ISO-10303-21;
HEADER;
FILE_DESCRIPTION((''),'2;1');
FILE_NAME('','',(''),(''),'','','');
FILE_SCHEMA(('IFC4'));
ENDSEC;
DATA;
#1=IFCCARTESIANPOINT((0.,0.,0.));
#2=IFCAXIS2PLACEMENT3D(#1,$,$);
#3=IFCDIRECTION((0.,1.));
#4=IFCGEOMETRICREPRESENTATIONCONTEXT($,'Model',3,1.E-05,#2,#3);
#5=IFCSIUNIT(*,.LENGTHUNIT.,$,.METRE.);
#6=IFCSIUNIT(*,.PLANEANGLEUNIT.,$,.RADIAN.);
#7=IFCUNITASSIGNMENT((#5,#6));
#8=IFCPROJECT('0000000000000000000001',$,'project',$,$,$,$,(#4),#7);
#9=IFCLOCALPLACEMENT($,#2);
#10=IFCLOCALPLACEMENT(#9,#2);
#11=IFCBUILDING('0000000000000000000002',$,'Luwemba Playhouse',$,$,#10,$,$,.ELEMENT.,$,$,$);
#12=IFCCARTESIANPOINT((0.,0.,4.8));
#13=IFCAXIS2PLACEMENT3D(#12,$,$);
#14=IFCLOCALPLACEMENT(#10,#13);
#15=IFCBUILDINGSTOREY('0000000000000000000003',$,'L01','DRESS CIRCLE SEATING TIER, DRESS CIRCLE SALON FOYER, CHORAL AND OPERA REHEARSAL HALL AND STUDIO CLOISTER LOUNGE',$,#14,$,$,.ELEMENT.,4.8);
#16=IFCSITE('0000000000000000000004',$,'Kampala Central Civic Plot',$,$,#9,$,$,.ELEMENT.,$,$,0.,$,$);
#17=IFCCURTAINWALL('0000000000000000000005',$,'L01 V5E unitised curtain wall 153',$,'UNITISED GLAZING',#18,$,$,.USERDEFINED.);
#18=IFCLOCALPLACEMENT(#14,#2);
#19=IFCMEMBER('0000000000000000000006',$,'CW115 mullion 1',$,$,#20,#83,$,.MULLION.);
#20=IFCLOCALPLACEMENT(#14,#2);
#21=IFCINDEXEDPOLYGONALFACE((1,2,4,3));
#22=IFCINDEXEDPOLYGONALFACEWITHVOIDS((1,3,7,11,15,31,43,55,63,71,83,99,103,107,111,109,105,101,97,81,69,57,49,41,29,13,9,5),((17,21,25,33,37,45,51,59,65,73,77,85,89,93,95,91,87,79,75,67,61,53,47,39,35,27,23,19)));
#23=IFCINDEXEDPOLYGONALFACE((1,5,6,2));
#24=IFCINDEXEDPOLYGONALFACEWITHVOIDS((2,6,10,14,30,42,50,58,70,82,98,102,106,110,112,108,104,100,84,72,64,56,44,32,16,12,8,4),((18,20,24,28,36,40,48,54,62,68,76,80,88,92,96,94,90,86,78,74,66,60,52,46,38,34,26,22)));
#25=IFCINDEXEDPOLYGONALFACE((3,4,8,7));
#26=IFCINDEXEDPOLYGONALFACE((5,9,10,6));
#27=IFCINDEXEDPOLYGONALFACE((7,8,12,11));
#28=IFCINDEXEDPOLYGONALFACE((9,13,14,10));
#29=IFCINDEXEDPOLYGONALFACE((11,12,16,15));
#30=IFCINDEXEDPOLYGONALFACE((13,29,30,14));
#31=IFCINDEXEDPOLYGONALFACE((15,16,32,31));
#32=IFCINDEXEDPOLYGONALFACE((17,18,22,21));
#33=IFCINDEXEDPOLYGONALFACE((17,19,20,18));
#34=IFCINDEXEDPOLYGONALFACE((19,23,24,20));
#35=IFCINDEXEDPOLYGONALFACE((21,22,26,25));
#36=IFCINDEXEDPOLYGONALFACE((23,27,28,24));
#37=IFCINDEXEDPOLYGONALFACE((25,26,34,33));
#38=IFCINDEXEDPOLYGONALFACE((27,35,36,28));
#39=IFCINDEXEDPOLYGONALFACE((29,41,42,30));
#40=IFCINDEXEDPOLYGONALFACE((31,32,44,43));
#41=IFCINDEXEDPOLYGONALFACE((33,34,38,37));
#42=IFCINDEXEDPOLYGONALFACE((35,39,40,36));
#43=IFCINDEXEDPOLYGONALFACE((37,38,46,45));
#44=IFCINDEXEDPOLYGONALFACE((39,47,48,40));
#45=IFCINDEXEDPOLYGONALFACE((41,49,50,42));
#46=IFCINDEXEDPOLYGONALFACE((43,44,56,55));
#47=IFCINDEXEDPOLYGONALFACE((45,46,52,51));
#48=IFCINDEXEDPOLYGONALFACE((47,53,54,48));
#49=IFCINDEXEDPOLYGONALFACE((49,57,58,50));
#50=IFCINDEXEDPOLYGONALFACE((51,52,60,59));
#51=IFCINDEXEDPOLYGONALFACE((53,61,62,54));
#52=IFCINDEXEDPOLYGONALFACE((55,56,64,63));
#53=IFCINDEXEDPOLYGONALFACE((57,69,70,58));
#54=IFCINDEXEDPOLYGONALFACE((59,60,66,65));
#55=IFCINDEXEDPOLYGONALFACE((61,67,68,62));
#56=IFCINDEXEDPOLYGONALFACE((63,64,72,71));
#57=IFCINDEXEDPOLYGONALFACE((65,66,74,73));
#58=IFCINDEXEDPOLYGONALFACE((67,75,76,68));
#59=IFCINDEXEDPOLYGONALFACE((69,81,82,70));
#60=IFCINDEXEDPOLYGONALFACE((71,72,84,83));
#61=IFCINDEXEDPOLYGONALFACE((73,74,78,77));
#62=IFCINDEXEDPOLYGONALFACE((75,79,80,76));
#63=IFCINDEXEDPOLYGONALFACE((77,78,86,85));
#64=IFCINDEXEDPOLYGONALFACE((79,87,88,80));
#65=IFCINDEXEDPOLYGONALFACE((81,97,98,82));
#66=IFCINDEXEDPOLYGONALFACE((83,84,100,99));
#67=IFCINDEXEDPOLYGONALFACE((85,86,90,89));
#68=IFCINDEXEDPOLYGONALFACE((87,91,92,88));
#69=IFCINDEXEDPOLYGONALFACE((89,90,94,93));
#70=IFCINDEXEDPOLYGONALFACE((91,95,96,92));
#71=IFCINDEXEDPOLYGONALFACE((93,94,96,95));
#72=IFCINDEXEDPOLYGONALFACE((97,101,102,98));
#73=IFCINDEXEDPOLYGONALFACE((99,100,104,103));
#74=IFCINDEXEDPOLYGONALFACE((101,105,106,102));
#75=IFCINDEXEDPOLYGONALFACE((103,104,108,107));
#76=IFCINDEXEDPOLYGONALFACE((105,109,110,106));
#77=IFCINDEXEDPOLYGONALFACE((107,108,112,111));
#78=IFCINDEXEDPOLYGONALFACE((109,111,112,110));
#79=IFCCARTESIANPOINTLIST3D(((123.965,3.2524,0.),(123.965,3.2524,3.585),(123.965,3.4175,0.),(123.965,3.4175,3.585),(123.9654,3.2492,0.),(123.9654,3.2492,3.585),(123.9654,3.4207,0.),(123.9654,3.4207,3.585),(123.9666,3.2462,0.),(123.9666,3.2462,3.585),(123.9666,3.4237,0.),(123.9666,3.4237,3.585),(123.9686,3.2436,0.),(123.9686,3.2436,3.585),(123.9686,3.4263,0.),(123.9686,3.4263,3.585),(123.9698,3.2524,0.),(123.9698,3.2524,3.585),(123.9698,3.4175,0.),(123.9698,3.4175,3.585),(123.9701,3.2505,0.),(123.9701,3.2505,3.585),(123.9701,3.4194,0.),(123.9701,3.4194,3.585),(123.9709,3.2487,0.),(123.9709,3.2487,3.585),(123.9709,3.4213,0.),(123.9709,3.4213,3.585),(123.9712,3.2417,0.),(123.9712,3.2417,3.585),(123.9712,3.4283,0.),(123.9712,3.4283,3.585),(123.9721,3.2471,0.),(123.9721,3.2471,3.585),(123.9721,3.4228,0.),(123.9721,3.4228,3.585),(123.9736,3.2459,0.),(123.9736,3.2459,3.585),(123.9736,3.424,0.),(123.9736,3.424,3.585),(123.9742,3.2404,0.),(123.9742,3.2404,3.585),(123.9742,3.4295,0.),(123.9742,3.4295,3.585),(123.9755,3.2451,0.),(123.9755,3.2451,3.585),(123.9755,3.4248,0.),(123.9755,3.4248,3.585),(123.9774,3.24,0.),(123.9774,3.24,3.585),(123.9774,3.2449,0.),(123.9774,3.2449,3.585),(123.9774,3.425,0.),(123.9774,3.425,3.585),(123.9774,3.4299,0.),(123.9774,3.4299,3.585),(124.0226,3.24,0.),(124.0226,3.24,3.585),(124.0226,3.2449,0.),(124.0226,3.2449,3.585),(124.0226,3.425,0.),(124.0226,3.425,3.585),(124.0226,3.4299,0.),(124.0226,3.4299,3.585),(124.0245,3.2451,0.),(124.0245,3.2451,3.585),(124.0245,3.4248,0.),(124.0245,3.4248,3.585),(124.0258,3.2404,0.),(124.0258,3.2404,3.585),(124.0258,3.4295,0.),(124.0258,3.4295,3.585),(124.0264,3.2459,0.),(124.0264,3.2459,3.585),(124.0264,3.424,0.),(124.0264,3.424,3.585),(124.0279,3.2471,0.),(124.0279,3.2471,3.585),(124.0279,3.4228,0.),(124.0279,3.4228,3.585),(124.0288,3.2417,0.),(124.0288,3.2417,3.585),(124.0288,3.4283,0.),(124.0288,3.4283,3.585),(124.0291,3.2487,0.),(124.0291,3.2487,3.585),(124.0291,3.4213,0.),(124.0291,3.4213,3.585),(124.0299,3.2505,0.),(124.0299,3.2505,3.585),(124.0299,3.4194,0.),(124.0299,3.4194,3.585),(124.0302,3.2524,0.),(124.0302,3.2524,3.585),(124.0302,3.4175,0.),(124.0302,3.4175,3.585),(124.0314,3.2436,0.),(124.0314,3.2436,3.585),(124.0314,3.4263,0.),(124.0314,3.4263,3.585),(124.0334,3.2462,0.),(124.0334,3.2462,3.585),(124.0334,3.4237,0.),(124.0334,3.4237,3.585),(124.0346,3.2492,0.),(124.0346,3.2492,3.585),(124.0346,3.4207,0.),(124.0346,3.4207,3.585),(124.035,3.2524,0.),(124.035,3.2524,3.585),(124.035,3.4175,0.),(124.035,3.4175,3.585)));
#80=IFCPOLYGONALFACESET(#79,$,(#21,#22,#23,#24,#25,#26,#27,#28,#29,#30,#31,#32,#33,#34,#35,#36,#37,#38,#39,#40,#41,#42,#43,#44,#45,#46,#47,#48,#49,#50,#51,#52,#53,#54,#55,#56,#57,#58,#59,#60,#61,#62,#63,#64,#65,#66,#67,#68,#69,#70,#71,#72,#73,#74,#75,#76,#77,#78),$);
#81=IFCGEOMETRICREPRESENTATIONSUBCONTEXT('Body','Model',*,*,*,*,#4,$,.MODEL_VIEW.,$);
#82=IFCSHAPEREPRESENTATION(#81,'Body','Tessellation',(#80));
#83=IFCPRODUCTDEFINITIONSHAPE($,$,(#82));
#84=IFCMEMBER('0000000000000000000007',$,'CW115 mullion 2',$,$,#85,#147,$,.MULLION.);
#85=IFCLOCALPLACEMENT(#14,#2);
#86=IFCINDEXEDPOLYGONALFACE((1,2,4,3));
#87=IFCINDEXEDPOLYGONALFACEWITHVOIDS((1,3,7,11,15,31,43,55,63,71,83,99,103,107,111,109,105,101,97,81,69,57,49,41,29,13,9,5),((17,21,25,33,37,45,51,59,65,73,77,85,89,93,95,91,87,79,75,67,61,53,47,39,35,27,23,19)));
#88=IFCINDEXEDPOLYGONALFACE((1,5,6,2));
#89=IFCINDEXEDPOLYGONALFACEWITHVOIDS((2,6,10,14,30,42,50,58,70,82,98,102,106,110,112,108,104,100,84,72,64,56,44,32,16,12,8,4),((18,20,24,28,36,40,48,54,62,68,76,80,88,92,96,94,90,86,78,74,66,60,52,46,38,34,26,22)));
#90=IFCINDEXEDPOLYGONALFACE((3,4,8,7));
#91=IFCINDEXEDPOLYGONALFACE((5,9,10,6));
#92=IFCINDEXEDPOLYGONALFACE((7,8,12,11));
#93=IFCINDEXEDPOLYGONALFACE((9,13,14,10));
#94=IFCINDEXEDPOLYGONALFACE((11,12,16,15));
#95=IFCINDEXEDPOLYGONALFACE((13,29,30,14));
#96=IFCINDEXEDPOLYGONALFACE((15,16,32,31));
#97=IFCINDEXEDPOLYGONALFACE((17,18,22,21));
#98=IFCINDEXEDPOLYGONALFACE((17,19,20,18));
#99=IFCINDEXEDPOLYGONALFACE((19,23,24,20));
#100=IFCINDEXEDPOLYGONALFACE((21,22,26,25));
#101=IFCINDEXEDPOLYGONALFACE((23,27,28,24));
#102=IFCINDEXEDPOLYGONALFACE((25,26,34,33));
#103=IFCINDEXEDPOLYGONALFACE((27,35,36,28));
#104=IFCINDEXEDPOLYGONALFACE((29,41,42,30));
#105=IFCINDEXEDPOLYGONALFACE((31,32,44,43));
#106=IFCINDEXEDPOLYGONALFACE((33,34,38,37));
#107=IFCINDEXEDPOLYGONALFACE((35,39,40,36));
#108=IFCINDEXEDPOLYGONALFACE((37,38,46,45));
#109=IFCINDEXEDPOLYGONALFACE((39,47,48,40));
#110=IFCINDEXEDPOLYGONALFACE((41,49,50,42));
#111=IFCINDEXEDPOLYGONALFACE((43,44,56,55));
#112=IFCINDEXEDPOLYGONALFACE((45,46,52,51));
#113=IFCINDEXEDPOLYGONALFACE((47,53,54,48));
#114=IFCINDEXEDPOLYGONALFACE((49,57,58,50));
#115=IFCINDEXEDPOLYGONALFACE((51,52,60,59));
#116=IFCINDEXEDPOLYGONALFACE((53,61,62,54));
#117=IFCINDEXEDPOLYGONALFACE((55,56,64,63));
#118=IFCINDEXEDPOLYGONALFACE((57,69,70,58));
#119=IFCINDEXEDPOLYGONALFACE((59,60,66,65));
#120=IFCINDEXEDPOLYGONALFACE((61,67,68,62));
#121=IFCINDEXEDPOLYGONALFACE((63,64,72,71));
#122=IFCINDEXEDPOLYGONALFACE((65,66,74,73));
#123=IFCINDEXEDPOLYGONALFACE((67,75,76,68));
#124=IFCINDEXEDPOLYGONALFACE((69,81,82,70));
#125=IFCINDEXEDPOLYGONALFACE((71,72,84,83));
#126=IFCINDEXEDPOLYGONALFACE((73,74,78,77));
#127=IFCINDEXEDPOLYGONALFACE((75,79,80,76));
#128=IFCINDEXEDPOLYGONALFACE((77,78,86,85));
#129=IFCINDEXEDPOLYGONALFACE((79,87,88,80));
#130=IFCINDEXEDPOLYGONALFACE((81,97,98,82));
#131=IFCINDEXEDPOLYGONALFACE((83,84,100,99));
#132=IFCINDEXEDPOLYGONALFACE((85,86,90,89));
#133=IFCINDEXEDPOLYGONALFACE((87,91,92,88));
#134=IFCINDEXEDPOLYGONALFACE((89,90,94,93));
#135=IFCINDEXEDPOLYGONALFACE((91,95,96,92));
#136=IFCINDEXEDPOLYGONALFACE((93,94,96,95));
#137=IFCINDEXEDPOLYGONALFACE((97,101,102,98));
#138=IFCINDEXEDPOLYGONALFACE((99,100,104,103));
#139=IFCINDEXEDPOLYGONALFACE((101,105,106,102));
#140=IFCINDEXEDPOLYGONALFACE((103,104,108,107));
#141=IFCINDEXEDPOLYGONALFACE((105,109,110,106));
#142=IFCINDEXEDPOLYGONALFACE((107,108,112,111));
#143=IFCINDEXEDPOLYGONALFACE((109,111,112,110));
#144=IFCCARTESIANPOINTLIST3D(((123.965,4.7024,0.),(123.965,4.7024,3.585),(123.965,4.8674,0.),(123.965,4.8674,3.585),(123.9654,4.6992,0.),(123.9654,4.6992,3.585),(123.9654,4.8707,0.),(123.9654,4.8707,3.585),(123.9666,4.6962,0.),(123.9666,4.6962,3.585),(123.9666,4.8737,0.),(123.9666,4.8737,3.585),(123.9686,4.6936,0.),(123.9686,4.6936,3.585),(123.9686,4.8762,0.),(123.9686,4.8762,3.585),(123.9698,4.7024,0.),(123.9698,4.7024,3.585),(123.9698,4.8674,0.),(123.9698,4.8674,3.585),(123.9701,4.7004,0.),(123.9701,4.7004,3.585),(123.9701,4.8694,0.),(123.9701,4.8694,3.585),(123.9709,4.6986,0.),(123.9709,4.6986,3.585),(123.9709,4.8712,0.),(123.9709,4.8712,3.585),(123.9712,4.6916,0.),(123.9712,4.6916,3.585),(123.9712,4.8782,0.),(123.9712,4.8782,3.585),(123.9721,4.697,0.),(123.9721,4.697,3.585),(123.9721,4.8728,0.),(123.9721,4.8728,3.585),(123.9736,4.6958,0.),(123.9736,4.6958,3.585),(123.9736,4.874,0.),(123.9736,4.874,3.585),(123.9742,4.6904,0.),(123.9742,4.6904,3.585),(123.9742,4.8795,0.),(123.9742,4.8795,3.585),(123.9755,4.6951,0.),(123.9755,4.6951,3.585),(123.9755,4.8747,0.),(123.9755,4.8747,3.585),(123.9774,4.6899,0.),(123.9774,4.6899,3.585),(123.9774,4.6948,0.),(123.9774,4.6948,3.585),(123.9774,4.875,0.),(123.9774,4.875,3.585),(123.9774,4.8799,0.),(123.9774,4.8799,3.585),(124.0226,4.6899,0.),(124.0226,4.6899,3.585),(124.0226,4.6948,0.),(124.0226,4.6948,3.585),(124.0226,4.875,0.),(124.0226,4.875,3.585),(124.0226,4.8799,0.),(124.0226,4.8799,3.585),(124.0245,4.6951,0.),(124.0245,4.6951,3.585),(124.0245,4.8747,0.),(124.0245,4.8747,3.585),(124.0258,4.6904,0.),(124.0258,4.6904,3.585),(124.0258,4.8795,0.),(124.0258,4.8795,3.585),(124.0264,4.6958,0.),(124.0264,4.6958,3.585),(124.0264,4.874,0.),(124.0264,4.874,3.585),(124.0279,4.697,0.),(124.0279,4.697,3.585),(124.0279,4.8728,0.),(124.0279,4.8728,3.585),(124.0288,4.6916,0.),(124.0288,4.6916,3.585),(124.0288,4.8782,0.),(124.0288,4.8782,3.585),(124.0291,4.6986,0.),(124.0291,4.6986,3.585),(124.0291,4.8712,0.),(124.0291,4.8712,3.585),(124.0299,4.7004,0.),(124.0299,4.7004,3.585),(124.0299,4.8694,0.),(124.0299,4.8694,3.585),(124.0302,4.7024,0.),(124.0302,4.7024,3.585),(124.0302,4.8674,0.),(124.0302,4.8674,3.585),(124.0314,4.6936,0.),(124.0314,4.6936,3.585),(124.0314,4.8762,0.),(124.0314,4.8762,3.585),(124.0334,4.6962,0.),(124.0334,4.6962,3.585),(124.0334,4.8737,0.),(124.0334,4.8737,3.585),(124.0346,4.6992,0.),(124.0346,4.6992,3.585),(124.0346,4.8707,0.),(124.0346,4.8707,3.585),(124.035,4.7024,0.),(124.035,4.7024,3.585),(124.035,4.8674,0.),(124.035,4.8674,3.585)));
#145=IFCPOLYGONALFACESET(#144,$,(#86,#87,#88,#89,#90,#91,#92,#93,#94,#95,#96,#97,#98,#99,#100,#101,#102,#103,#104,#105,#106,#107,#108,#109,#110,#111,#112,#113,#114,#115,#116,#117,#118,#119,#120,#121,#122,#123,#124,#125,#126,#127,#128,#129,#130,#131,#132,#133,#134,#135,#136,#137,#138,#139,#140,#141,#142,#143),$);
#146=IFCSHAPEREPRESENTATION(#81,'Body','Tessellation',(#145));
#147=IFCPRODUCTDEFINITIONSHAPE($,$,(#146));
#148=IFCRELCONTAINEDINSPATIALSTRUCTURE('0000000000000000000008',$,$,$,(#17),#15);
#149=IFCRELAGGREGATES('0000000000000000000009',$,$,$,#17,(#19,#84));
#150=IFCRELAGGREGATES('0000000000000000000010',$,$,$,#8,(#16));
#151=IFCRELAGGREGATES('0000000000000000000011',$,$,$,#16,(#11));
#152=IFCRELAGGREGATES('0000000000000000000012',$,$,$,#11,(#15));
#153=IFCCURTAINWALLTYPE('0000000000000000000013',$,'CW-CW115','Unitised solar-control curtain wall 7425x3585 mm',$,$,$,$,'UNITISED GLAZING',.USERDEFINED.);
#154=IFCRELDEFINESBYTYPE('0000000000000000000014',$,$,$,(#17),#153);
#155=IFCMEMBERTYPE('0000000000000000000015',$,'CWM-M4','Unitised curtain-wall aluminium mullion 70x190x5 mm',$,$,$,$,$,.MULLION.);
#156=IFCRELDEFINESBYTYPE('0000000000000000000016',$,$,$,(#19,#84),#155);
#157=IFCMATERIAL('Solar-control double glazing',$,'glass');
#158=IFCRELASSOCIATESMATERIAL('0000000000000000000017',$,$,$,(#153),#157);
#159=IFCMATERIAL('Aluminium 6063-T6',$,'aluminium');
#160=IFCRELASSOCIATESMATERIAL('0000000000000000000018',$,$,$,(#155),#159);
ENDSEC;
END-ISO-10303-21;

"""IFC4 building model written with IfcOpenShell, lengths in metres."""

from ifc_helpers import new_model, si_unit, direction, frame, origin, origin_2d, place, context, subcontext, project, spatial, hollow_rectangle, extrude, material, material_profile, profile_set, type_object, element, aggregate, save


model = new_model("IFC4")

# Units and contexts
model_context = context("Model", 3, precision=1e-05, world=origin(), true_north=direction((0.0, 1.0)))
body_context = subcontext(model_context, "Body", "Model", "MODEL_VIEW")
ifc_project = project(units=[si_unit("LENGTHUNIT", "METRE"), si_unit("PLANEANGLEUNIT", "RADIAN")], contexts=[model_context])

# Site, building, storey
site_placement = place(None, origin())
site = spatial("IfcSite", under=ifc_project, at=site_placement, Name="Kampala Central Civic Plot", CompositionType="ELEMENT", RefElevation=0.0)
building_placement = place(site_placement, origin())
building = spatial("IfcBuilding", under=site, at=building_placement, Name="Luwemba Playhouse", CompositionType="ELEMENT")
storey_placement = place(building_placement, frame((0.0, 0.0, 4.8)))
storey = spatial("IfcBuildingStorey", under=building, at=storey_placement, Name="L01", Description="DRESS CIRCLE SEATING TIER, DRESS CIRCLE SALON FOYER, CHORAL AND OPERA REHEARSAL HALL AND STUDIO CLOISTER LOUNGE", CompositionType="ELEMENT", Elevation=4.8)

# Curtain wall, members
ifc_material_1 = material(Name="Solar-control double glazing", Category="glass")
curtain_wall_type = type_object("IfcCurtainWallType", Name="CW-CW115", Description="Unitised solar-control curtain wall 7425x3585 mm", ElementType="UNITISED GLAZING", PredefinedType="USERDEFINED", material=ifc_material_1)
curtain_wall_placement = place(storey_placement, origin())
curtain_wall = element("IfcCurtainWall", 1, at=curtain_wall_placement, inside=storey, type_object=curtain_wall_type, Name="L01 V5E unitised curtain wall 153", ObjectType="UNITISED GLAZING", PredefinedType="USERDEFINED")
ifc_material_2 = material(Name="Aluminium 6063-T6", Category="aluminium")
ifc_material_profile_1 = material_profile(ifc_material_2, hollow_rectangle(XDim=0.0701, YDim=0.1899, WallThickness=0.0049, InnerFilletRadius=0.0076, OuterFilletRadius=0.0125, at=origin_2d()))
ifc_profile_set_1 = profile_set([ifc_material_profile_1], Name="Aluminium 6063-T6")
member_type_1 = type_object("IfcMemberType", Name="CWM-M4", Description="Unitised curtain-wall aluminium mullion 70x190x5 mm", PredefinedType="MULLION", material=ifc_profile_set_1)
member_1_placement = place(storey_placement, frame((124.0, 3.335, 0.0), z_axis=(0.0, 0.0, 1.0), x_axis=(-1.0, 0.0, 0.0)))
member_1 = element("IfcMember", 2, at=member_1_placement, type_object=member_type_1, Name="CW115 mullion 1", PredefinedType="MULLION", context=body_context, shape_type="SweptSolid", body=[
    extrude(hollow_rectangle(XDim=0.0701, YDim=0.1899, WallThickness=0.0049, InnerFilletRadius=0.0076, OuterFilletRadius=0.0125, at=origin_2d()), origin(), (0.0, 0.0, 1.0), 3.585),
])
member_2_placement = place(storey_placement, frame((124.0, 4.7849, 0.0), z_axis=(0.0, 0.0, 1.0), x_axis=(-1.0, 0.0, 0.0)))
member_2 = element("IfcMember", 3, at=member_2_placement, type_object=member_type_1, Name="CW115 mullion 2", PredefinedType="MULLION", context=body_context, shape_type="SweptSolid", body=[
    extrude(hollow_rectangle(XDim=0.0701, YDim=0.1899, WallThickness=0.0049, InnerFilletRadius=0.0076, OuterFilletRadius=0.0125, at=origin_2d()), origin(), (0.0, 0.0, 1.0), 3.585),
])

aggregate(curtain_wall, [member_1, member_2])

save(model, "model.ifc")
